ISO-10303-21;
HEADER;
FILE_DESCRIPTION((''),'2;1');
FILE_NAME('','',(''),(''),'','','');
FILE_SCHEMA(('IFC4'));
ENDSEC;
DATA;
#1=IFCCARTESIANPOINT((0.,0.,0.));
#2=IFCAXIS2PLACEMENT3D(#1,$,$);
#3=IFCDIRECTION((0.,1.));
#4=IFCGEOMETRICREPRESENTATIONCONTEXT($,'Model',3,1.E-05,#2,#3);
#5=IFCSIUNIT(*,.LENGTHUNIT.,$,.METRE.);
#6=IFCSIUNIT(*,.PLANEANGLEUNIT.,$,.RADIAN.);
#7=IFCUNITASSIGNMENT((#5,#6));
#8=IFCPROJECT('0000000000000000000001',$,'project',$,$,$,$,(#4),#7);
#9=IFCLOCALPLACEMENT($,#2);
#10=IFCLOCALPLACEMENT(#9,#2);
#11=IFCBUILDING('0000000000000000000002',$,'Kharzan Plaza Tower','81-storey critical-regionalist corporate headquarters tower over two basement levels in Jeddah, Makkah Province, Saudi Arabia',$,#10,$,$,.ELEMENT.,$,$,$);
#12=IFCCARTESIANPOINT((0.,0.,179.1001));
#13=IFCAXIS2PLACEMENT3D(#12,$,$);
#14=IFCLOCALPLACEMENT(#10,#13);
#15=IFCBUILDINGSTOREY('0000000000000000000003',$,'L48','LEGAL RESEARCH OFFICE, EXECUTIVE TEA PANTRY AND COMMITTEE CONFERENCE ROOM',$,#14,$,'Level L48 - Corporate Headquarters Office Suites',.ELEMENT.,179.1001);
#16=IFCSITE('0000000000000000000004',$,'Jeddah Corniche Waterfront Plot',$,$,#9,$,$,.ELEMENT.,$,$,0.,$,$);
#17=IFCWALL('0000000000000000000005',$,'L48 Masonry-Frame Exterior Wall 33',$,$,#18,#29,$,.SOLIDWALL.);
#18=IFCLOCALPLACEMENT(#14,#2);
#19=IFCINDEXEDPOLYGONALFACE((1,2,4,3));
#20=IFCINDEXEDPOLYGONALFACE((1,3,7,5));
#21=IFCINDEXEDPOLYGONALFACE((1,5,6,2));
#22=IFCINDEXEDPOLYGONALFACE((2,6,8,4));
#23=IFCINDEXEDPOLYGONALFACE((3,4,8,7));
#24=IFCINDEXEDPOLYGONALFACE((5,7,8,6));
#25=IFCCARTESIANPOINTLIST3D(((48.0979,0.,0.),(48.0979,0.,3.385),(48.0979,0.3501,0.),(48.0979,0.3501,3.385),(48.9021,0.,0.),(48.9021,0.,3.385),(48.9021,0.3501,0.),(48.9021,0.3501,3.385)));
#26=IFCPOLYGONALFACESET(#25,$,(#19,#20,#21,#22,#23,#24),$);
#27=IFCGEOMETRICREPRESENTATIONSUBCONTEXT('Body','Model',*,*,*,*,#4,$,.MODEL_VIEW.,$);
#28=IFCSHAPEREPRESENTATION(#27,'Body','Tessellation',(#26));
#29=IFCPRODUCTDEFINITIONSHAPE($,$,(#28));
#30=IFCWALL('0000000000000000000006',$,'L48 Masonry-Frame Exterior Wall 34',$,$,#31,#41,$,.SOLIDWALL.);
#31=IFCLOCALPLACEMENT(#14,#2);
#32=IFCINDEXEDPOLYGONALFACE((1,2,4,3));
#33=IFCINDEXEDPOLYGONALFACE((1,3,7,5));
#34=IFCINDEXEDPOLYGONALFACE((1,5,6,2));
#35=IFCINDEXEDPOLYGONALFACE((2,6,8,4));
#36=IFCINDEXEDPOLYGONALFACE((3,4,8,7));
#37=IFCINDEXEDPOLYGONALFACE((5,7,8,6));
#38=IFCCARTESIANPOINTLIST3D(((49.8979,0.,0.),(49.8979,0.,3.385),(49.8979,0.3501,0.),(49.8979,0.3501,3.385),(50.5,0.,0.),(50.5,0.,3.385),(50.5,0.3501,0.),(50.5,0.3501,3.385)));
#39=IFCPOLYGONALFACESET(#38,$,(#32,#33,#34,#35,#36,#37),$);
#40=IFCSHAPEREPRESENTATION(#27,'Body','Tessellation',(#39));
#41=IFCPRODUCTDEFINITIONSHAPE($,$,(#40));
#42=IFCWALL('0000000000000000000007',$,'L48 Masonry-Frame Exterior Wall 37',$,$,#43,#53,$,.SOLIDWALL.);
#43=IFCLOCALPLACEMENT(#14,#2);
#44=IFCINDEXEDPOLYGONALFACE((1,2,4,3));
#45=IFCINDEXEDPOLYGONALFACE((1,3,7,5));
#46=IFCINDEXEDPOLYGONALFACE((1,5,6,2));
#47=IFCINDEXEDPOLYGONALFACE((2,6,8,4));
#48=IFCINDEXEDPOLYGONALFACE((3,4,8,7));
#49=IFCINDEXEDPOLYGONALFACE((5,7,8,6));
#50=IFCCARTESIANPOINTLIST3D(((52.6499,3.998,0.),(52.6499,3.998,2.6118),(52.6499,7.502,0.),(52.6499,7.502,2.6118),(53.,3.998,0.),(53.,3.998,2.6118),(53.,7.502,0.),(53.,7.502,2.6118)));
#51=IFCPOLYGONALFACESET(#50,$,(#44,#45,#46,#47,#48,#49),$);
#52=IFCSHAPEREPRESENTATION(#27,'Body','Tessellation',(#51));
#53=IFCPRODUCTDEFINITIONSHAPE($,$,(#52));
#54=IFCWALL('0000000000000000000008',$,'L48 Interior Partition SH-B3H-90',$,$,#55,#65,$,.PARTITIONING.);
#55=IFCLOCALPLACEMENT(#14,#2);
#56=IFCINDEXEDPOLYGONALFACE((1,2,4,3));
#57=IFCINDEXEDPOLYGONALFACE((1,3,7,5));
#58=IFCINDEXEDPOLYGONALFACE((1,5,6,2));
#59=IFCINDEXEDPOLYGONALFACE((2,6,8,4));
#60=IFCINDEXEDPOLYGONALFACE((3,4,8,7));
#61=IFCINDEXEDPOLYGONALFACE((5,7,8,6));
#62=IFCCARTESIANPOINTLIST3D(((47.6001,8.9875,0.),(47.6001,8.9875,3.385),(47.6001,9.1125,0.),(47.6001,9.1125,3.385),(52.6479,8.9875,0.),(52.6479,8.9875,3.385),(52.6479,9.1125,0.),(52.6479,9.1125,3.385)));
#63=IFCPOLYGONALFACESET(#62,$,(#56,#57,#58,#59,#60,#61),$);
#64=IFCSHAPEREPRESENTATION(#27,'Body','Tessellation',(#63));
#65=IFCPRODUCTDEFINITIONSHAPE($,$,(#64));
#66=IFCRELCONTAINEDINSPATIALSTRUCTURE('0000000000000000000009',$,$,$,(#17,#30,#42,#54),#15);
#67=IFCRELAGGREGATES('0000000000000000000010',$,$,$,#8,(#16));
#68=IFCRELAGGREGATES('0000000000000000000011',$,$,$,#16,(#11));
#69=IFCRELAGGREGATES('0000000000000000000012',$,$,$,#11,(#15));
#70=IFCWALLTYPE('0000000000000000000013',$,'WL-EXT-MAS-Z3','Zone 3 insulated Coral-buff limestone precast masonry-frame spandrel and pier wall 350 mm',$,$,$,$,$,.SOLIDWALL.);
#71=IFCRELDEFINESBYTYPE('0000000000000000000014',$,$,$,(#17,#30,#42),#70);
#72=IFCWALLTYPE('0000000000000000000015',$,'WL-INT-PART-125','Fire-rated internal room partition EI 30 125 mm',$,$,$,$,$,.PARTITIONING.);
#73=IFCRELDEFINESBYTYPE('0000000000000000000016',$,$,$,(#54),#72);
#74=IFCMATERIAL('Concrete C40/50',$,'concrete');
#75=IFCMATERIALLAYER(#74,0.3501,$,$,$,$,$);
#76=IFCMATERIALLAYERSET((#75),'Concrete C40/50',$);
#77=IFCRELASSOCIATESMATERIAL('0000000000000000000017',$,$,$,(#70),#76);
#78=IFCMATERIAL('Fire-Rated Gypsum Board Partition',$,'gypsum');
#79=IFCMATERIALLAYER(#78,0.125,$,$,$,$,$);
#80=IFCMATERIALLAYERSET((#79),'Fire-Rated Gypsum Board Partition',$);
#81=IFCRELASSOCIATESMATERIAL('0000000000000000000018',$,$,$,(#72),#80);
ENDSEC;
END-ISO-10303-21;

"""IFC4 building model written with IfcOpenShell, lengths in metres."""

from ifc_helpers import new_model, si_unit, direction, frame, frame_2d, origin, place, context, subcontext, project, spatial, rectangle, extrude, source, transform, mapped, material, layer, layer_set, type_object, element, save


model = new_model("IFC4")

# Units and contexts
model_context = context("Model", 3, precision=1e-05, world=origin(), true_north=direction((0.0, 1.0)))
body_context = subcontext(model_context, "Body", "Model", "MODEL_VIEW")
ifc_project = project(units=[si_unit("LENGTHUNIT", "METRE"), si_unit("PLANEANGLEUNIT", "RADIAN")], contexts=[model_context])

# Site, building, storey
site_placement = place(None, origin())
site = spatial("IfcSite", under=ifc_project, at=site_placement, Name="Jeddah Corniche Waterfront Plot", CompositionType="ELEMENT", RefElevation=0.0)
building_placement = place(site_placement, origin())
building = spatial("IfcBuilding", under=site, at=building_placement, Name="Kharzan Plaza Tower", Description="81-storey critical-regionalist corporate headquarters tower over two basement levels in Jeddah, Makkah Province, Saudi Arabia", CompositionType="ELEMENT")
storey_placement = place(building_placement, frame((0.0, 0.0, 179.1001)))
storey = spatial("IfcBuildingStorey", under=building, at=storey_placement, Name="L48", Description="LEGAL RESEARCH OFFICE, EXECUTIVE TEA PANTRY AND COMMITTEE CONFERENCE ROOM", LongName="Level L48 - Corporate Headquarters Office Suites", CompositionType="ELEMENT", Elevation=179.1001)

# Shared definitions
ifc_material_1 = material(Name="Concrete C40/50", Category="concrete")
ifc_layer_1 = layer(ifc_material_1, 0.3501)
ifc_layer_set_1 = layer_set([ifc_layer_1], Name="Concrete C40/50")
wall_type_1 = type_object("IfcWallType", Name="WL-EXT-MAS-Z3", Description="Zone 3 insulated Coral-buff limestone precast masonry-frame spandrel and pier wall 350 mm", PredefinedType="SOLIDWALL", material=ifc_layer_set_1)

# Shared definitions
ifc_material_2 = material(Name="Fire-Rated Gypsum Board Partition", Category="gypsum")
ifc_layer_2 = layer(ifc_material_2, 0.125)
ifc_layer_set_2 = layer_set([ifc_layer_2], Name="Fire-Rated Gypsum Board Partition")
wall_type_2 = type_object("IfcWallType", Name="WL-INT-PART-125", Description="Fire-rated internal room partition EI 30 125 mm", PredefinedType="PARTITIONING", material=ifc_layer_set_2)

# Walls
shared_shape_1 = source(origin(), body_context, "Body", "SweptSolid", [
    extrude(rectangle(XDim=0.8042, YDim=0.3501, at=frame_2d((0.4021, 0.0))), origin(), (0.0, 0.0, 1.0), 3.385),
])
wall_1_placement = place(storey_placement, frame((48.0979, 0.175, 0.0), z_axis=(0.0, 0.0, 1.0), x_axis=(1.0, 0.0, 0.0)))
element("IfcWall", 1, at=wall_1_placement, inside=storey, type_object=wall_type_1, Name="L48 Masonry-Frame Exterior Wall 33", PredefinedType="SOLIDWALL", context=body_context, shape_type="MappedRepresentation", body=[
    mapped(shared_shape_1, transform((0.0, 0.0, 0.0), x_axis=(1.0, 0.0, 0.0), y_axis=(0.0, 1.0, 0.0), z_axis=(0.0, 0.0, 1.0))),
])
shared_shape_2 = source(origin(), body_context, "Body", "SweptSolid", [
    extrude(rectangle(XDim=0.6021, YDim=0.3501, at=frame_2d((0.301, 0.0))), origin(), (0.0, 0.0, 1.0), 3.385),
])
wall_2_placement = place(storey_placement, frame((49.8979, 0.175, 0.0), z_axis=(0.0, 0.0, 1.0), x_axis=(1.0, 0.0, 0.0)))
element("IfcWall", 2, at=wall_2_placement, inside=storey, type_object=wall_type_1, Name="L48 Masonry-Frame Exterior Wall 34", PredefinedType="SOLIDWALL", context=body_context, shape_type="MappedRepresentation", body=[
    mapped(shared_shape_2, transform((0.0, 0.0, 0.0), x_axis=(1.0, 0.0, 0.0), y_axis=(0.0, 1.0, 0.0), z_axis=(0.0, 0.0, 1.0))),
])
shared_shape_3 = source(origin(), body_context, "Body", "SweptSolid", [
    extrude(rectangle(XDim=3.5039, YDim=0.3501, at=frame_2d((1.752, 0.0))), origin(), (0.0, 0.0, 1.0), 2.6118),
])
wall_3_placement = place(storey_placement, frame((52.825, 3.998, 0.0), z_axis=(0.0, 0.0, 1.0), x_axis=(0.0, 1.0, 0.0)))
element("IfcWall", 3, at=wall_3_placement, inside=storey, type_object=wall_type_1, Name="L48 Masonry-Frame Exterior Wall 37", PredefinedType="SOLIDWALL", context=body_context, shape_type="MappedRepresentation", body=[
    mapped(shared_shape_3, transform((0.0, 0.0, 0.0), x_axis=(1.0, 0.0, 0.0), y_axis=(0.0, 1.0, 0.0), z_axis=(0.0, 0.0, 1.0))),
])
shared_shape_4 = source(origin(), body_context, "Body", "SweptSolid", [
    extrude(rectangle(XDim=5.0479, YDim=0.125, at=frame_2d((2.5239, 0.0))), origin(), (0.0, 0.0, 1.0), 3.385),
])
wall_4_placement = place(storey_placement, frame((47.6001, 9.05, 0.0), z_axis=(0.0, 0.0, 1.0), x_axis=(1.0, 0.0, 0.0)))
element("IfcWall", 4, at=wall_4_placement, inside=storey, type_object=wall_type_2, Name="L48 Interior Partition SH-B3H-90", PredefinedType="PARTITIONING", context=body_context, shape_type="MappedRepresentation", body=[
    mapped(shared_shape_4, transform((0.0, 0.0, 0.0), x_axis=(1.0, 0.0, 0.0), y_axis=(0.0, 1.0, 0.0), z_axis=(0.0, 0.0, 1.0))),
])

save(model, "model.ifc")
